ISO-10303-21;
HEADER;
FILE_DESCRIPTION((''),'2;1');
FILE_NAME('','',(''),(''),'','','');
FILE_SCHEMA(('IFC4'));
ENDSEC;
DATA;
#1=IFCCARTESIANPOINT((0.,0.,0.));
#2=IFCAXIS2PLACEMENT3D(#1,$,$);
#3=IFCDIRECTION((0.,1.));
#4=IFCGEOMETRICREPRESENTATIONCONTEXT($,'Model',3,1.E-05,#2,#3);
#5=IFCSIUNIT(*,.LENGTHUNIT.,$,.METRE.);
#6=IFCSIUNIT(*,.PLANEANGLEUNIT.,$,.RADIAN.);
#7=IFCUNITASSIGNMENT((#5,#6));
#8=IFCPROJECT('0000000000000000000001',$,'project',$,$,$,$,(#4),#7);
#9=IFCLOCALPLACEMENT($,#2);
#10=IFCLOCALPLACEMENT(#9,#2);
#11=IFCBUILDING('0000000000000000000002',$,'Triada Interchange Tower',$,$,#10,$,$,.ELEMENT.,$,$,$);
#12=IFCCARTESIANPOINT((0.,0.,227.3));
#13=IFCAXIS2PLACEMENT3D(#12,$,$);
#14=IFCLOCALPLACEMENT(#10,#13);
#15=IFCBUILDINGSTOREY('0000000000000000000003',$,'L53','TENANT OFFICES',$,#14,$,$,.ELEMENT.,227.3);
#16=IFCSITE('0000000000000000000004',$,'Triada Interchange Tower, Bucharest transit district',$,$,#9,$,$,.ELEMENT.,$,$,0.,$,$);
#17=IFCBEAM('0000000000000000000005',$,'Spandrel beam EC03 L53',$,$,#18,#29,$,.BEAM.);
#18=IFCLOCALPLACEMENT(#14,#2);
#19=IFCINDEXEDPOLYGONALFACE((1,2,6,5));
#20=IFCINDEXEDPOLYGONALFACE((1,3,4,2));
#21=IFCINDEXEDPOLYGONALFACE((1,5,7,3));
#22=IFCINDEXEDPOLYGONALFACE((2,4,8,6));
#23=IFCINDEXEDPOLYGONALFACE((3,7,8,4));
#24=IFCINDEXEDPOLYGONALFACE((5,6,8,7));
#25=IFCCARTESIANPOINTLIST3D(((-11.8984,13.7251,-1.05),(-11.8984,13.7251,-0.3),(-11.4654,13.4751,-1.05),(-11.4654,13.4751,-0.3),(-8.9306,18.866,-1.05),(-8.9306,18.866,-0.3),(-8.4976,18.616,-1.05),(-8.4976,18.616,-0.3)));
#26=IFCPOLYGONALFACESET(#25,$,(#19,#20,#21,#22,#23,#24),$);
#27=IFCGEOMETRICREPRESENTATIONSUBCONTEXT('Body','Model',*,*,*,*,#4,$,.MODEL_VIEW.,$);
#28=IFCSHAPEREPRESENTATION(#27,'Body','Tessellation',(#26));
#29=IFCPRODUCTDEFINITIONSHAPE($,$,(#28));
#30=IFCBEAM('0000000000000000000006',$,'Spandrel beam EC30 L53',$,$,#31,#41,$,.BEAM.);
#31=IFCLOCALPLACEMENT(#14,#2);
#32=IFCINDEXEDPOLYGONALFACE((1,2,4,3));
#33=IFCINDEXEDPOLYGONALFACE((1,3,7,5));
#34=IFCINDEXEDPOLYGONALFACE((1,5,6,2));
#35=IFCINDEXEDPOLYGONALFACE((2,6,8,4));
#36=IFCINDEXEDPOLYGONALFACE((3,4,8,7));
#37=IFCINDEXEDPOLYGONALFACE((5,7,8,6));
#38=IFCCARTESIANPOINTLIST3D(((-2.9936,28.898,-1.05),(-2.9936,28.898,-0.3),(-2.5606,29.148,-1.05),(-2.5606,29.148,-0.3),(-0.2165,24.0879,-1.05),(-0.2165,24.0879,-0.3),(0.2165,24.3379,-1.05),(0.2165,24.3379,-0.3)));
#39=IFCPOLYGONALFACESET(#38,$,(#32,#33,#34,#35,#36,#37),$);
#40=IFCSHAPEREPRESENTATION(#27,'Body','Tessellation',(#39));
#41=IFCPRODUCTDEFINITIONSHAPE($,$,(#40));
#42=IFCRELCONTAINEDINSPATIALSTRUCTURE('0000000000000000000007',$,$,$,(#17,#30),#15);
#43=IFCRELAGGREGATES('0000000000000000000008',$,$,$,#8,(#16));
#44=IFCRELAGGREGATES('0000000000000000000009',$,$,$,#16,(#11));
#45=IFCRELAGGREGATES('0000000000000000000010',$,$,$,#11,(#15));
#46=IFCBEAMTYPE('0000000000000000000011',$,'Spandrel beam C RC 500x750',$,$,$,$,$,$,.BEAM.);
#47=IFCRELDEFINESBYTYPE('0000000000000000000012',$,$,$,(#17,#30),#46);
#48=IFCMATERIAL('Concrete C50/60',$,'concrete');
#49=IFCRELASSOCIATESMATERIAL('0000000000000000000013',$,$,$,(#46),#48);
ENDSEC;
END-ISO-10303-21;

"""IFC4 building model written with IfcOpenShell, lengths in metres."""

from ifc_helpers import new_model, si_unit, direction, frame, origin, origin_2d, place, context, subcontext, project, spatial, rectangle, extrude, material, material_profile, profile_set, type_object, element, save


model = new_model("IFC4")

# Units and contexts
model_context = context("Model", 3, precision=1e-05, world=origin(), true_north=direction((0.0, 1.0)))
body_context = subcontext(model_context, "Body", "Model", "MODEL_VIEW")
ifc_project = project(units=[si_unit("LENGTHUNIT", "METRE"), si_unit("PLANEANGLEUNIT", "RADIAN")], contexts=[model_context])

# Site, building, storey
site_placement = place(None, origin())
site = spatial("IfcSite", under=ifc_project, at=site_placement, Name="Triada Interchange Tower, Bucharest transit district", CompositionType="ELEMENT", RefElevation=0.0)
building_placement = place(site_placement, origin())
building = spatial("IfcBuilding", under=site, at=building_placement, Name="Triada Interchange Tower", CompositionType="ELEMENT")
storey_placement = place(building_placement, frame((0.0, 0.0, 227.3)))
storey = spatial("IfcBuildingStorey", under=building, at=storey_placement, Name="L53", Description="TENANT OFFICES", CompositionType="ELEMENT", Elevation=227.3)

# Shared definitions
ifc_material_1 = material(Name="Concrete C50/60", Category="concrete")

# Beams
ifc_material_profile_1 = material_profile(ifc_material_1, rectangle(XDim=0.5, YDim=0.75, at=origin_2d()), Name="RC 500x750")
ifc_profile_set_1 = profile_set([ifc_material_profile_1], Name="Concrete C50/60")
beam_type_1 = type_object("IfcBeamType", Name="Spandrel beam C RC 500x750", PredefinedType="BEAM", material=ifc_profile_set_1)
beam_1_placement = place(storey_placement, frame((-8.7141, 18.741, -0.675), z_axis=(-0.499961, -0.866048, 0.0), x_axis=(0.866048, -0.499961, 0.0)))
element("IfcBeam", 1, at=beam_1_placement, inside=storey, type_object=beam_type_1, Name="Spandrel beam EC03 L53", PredefinedType="BEAM", context=body_context, shape_type="SweptSolid", body=[
    extrude(rectangle(XDim=0.5, YDim=0.75, at=origin_2d()), origin(), (0.0, 0.0, 1.0), 5.936),
])
beam_2_placement = place(storey_placement, frame((0.0, 24.2129, -0.675), z_axis=(-0.500001, 0.866025, 0.0), x_axis=(-0.866025, -0.500001, 0.0)))
element("IfcBeam", 2, at=beam_2_placement, inside=storey, type_object=beam_type_1, Name="Spandrel beam EC30 L53", PredefinedType="BEAM", context=body_context, shape_type="SweptSolid", body=[
    extrude(rectangle(XDim=0.5, YDim=0.75, at=origin_2d()), origin(), (0.0, 0.0, 1.0), 5.5542),
])

save(model, "model.ifc")
